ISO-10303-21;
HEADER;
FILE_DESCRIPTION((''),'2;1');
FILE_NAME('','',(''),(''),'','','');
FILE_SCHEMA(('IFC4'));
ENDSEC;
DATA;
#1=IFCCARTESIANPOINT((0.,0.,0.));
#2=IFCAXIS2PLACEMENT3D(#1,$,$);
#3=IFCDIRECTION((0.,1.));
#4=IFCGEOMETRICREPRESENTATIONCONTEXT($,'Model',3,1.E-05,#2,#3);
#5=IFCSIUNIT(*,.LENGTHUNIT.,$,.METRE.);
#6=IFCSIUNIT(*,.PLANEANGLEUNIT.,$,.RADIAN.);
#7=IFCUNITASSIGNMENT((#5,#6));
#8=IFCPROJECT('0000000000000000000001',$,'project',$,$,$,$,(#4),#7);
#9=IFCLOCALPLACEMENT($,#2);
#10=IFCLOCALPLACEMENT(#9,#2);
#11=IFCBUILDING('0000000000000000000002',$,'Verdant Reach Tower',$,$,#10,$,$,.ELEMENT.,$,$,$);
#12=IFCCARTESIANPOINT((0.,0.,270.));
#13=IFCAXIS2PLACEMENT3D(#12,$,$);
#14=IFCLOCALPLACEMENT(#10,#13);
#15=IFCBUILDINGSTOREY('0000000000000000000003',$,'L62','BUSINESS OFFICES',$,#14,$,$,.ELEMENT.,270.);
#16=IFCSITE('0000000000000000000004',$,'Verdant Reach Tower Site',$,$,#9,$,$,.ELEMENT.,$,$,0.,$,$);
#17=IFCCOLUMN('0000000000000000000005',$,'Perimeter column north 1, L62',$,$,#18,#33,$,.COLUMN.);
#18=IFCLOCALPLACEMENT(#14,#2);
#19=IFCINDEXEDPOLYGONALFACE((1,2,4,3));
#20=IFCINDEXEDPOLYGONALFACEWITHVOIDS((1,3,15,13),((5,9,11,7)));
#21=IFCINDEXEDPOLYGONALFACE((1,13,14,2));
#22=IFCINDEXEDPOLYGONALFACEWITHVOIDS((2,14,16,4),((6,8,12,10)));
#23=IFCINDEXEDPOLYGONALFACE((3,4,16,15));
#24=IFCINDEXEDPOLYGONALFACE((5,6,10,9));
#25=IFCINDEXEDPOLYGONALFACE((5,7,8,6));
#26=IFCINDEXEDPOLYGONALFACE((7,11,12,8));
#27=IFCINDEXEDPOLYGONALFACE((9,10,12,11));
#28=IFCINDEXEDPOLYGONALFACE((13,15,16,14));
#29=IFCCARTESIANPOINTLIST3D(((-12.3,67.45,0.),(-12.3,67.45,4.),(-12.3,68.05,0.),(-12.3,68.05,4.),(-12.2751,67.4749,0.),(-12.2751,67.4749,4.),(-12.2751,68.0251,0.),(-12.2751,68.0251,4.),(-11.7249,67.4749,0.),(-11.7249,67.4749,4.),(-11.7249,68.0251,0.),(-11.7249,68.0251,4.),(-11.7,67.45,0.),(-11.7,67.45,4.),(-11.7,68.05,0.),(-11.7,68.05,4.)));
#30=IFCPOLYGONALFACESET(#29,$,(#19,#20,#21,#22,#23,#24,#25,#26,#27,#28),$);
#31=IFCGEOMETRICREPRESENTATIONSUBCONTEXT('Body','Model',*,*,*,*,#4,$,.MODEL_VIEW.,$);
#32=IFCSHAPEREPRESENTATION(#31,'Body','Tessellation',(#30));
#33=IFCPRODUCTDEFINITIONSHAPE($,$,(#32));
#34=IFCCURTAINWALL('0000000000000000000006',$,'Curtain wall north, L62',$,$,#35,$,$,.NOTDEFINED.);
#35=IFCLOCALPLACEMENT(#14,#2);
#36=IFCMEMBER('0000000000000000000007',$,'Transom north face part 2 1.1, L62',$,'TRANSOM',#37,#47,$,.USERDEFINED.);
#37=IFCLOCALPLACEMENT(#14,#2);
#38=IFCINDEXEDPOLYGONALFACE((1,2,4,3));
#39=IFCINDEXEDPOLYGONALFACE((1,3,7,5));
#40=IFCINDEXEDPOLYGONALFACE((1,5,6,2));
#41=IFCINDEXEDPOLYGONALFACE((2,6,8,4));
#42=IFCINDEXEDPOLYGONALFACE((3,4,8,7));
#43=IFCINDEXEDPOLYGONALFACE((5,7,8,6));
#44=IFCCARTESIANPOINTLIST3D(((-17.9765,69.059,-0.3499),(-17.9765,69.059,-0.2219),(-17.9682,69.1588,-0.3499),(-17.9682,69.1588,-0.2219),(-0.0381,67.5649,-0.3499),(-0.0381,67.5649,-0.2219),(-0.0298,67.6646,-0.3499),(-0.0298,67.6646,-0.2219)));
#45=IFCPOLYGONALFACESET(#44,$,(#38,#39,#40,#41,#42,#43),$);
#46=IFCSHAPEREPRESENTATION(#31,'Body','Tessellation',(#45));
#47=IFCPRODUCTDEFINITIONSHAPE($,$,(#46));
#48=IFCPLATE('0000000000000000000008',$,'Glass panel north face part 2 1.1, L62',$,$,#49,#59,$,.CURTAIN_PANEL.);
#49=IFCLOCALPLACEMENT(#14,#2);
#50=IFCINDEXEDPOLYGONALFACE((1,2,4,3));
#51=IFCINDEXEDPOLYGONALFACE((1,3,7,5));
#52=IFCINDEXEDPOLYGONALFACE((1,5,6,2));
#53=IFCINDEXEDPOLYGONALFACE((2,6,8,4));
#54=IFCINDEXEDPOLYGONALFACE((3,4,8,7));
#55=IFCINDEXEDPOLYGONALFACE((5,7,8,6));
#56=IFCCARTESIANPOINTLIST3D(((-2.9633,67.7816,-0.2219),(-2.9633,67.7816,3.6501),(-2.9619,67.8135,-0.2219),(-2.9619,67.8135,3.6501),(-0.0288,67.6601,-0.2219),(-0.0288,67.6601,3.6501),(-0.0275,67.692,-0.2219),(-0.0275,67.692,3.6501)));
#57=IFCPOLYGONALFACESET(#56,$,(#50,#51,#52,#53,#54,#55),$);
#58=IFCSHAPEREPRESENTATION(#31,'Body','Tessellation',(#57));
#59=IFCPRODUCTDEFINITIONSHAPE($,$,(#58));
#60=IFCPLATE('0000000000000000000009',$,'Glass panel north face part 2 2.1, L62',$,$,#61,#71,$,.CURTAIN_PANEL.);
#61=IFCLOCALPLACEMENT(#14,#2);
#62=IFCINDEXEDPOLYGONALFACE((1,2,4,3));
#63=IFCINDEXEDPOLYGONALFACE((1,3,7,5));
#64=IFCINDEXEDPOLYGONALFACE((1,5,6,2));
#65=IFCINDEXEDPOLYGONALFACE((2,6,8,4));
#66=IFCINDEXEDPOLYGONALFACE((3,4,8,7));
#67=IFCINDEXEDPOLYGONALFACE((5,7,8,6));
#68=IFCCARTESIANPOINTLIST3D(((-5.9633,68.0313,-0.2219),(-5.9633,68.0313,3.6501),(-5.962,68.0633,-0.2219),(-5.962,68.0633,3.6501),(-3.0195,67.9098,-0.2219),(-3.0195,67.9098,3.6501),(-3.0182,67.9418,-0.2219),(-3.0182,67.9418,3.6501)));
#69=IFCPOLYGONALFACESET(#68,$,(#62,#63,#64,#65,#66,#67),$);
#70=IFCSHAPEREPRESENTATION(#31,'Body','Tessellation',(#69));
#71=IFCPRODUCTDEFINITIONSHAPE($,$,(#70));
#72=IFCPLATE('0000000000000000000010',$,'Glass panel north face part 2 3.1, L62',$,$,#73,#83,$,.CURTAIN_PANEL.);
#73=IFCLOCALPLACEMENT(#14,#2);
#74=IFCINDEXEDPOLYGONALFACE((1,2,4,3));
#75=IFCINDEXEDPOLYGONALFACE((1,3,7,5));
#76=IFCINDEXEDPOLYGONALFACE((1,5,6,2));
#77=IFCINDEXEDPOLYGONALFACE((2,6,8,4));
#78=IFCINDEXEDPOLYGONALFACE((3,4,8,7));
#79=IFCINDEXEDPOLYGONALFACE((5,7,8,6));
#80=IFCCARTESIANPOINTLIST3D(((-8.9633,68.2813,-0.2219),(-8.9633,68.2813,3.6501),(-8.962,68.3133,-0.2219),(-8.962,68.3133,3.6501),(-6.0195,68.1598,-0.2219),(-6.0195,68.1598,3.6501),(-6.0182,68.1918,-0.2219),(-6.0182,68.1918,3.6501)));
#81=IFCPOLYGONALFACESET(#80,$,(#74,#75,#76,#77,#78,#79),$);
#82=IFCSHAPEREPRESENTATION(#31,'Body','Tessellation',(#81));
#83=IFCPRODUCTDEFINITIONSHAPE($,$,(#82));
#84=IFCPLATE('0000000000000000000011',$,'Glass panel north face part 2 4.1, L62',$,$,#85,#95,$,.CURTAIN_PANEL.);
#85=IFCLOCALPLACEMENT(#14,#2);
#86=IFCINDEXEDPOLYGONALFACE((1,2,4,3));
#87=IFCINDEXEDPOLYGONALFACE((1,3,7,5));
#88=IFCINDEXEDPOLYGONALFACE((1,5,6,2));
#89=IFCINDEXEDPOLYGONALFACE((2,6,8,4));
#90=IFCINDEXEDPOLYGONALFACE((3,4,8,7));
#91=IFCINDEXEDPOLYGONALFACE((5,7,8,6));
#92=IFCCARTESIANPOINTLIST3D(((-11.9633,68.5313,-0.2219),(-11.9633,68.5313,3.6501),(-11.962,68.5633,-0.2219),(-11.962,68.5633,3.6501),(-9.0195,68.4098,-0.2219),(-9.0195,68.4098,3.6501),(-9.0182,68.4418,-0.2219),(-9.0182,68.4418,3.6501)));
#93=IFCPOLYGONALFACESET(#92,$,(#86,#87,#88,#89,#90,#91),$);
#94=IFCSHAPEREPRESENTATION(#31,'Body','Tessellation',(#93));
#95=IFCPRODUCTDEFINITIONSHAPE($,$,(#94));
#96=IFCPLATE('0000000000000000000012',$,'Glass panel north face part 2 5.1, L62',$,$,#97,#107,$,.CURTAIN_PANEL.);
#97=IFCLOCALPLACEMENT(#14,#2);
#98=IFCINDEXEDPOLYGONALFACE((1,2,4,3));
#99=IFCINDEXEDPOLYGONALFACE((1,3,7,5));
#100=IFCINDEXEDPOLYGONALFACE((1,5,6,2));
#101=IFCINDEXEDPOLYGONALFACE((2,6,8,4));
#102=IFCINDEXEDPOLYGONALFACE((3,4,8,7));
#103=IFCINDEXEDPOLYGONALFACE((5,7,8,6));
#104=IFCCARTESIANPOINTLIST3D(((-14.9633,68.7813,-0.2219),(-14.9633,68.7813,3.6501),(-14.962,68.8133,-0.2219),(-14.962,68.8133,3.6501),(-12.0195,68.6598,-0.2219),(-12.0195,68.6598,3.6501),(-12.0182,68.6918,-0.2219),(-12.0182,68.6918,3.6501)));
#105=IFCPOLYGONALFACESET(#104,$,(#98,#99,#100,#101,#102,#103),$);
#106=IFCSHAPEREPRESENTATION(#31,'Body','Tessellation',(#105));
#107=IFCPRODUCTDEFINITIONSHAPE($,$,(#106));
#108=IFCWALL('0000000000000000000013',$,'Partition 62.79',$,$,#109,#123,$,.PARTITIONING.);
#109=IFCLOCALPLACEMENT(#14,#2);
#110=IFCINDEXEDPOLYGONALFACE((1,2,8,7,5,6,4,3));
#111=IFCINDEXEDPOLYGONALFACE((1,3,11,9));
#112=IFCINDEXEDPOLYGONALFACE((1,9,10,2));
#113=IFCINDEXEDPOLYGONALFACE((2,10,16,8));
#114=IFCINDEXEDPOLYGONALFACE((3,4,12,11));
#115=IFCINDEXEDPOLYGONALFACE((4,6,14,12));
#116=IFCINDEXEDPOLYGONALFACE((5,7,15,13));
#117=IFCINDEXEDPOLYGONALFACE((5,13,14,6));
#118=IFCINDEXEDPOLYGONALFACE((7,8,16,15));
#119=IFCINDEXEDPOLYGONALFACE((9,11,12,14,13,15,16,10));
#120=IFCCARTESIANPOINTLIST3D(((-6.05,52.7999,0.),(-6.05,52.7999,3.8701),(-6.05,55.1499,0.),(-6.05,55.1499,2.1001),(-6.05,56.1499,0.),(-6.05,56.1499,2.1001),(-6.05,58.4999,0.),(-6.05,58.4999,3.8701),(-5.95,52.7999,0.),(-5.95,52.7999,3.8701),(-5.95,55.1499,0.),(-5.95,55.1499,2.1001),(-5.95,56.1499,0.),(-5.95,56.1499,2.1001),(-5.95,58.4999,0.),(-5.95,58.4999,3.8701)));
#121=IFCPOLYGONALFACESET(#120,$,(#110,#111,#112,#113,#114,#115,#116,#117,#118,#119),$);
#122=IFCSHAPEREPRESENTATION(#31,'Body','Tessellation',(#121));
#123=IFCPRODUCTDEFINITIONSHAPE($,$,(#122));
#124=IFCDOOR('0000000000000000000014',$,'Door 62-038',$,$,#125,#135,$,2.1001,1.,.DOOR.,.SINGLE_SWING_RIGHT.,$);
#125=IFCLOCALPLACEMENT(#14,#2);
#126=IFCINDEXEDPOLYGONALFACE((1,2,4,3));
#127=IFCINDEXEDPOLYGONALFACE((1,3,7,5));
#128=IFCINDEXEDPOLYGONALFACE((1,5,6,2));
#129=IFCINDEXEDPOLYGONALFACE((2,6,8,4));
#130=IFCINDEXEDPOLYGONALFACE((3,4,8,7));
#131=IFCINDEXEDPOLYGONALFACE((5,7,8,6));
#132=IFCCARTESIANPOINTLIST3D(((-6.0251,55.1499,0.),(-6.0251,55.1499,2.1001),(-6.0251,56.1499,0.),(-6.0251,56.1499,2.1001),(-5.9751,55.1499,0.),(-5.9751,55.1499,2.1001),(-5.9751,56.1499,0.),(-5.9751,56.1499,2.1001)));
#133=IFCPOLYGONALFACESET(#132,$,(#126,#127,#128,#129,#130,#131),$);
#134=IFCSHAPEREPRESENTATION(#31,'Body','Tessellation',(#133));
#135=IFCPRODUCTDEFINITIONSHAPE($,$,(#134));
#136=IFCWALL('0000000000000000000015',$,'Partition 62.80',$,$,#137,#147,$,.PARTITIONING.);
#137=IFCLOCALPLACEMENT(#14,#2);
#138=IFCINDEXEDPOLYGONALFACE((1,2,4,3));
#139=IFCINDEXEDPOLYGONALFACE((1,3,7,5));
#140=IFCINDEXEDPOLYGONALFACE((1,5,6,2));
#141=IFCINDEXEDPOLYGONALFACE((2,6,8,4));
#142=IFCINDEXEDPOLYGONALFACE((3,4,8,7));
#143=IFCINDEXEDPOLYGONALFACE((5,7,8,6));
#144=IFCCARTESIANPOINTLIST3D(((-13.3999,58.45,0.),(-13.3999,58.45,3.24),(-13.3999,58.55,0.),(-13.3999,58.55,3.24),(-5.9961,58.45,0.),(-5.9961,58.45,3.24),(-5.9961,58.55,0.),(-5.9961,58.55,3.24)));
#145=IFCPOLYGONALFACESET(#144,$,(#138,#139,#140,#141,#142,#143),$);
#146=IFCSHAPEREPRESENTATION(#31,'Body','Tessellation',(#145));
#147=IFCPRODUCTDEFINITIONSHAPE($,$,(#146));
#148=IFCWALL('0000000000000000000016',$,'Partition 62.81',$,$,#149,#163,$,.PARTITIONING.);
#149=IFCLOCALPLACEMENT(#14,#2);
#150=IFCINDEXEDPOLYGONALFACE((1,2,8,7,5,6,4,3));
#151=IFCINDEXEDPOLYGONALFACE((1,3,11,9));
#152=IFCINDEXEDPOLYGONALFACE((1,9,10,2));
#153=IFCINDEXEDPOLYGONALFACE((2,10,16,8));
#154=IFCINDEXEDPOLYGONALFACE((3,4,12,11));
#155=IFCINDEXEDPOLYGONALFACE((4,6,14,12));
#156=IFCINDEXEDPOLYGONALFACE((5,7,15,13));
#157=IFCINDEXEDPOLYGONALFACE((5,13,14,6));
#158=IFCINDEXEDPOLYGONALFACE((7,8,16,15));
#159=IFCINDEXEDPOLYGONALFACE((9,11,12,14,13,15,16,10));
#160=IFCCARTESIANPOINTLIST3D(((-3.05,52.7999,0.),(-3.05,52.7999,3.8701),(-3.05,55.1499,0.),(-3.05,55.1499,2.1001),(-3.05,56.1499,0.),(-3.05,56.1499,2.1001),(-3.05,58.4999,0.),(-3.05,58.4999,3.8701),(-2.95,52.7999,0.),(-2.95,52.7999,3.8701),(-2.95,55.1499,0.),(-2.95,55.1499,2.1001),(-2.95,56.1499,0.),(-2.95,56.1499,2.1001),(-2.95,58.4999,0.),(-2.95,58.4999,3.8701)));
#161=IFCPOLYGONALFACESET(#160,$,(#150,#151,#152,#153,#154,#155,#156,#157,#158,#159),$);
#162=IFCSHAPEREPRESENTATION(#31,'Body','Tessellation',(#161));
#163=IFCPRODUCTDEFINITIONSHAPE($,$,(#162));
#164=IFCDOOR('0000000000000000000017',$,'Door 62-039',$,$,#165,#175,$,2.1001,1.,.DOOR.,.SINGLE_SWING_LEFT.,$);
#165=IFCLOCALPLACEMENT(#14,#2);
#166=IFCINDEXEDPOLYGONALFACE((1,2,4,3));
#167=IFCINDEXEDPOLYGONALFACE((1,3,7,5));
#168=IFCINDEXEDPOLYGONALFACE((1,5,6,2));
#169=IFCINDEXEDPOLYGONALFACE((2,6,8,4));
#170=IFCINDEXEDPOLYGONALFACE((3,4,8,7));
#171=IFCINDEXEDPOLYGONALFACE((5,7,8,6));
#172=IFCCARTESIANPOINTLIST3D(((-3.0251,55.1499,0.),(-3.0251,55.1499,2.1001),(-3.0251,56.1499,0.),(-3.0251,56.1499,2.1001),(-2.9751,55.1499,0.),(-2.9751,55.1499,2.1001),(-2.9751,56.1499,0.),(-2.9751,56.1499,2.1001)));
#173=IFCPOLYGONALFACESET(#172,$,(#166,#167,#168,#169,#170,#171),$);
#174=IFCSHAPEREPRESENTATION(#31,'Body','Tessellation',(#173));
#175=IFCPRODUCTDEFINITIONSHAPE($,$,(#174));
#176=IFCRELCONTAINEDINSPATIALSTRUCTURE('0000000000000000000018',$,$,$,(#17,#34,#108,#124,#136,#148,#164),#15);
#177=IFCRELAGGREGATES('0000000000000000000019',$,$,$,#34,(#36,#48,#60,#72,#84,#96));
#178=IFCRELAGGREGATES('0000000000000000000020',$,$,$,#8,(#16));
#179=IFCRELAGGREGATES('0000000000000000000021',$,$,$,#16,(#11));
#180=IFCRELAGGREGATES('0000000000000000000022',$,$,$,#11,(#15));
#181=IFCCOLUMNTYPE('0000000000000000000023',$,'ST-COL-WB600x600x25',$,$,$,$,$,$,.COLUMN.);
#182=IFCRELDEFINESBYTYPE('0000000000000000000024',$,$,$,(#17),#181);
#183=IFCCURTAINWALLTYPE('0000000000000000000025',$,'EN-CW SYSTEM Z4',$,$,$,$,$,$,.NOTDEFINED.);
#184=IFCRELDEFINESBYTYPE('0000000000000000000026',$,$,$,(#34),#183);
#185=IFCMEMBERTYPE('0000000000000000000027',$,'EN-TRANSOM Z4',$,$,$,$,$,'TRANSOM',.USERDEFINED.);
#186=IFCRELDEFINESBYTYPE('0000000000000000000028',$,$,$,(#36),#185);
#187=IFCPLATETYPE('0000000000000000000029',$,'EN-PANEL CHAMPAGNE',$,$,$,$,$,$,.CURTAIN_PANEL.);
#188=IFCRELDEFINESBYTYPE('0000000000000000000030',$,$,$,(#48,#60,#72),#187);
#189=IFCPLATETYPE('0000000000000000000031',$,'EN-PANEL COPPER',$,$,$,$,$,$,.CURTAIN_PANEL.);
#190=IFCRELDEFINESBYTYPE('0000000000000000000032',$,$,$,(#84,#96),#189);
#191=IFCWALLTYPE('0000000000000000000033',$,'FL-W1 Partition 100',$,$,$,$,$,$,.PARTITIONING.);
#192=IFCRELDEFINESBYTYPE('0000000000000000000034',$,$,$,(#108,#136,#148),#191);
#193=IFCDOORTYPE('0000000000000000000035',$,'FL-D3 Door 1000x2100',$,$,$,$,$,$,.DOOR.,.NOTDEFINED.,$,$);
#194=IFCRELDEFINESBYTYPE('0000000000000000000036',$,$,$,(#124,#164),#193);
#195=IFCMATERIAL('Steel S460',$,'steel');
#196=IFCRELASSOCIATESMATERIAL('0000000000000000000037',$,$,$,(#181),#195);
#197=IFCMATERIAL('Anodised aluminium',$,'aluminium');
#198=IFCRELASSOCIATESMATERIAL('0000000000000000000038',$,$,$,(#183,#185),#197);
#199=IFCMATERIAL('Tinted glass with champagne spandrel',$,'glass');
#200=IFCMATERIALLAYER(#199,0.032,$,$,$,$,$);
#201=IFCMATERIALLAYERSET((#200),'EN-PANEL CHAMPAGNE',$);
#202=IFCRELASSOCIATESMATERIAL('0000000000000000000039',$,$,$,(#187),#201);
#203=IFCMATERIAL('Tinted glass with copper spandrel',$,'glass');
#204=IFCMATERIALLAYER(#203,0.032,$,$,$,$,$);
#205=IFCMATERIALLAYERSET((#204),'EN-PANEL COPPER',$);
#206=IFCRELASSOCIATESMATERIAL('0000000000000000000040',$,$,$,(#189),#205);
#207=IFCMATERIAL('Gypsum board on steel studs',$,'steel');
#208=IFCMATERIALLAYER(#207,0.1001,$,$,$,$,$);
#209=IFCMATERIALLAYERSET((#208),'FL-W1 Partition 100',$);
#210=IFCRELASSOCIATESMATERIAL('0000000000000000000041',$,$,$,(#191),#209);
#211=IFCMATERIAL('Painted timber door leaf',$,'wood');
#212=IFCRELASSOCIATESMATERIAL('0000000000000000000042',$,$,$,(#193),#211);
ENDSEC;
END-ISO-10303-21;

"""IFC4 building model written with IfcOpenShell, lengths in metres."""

from ifc_helpers import new_model, si_unit, direction, frame, frame_2d, origin, origin_2d, place, context, subcontext, project, spatial, rectangle, hollow_rectangle, extrude, material, layer, layer_set, material_profile, profile_set, type_object, element, fill, aggregate, save


model = new_model("IFC4")

# Units and contexts
model_context = context("Model", 3, precision=1e-05, world=origin(), true_north=direction((0.0, 1.0)))
body_context = subcontext(model_context, "Body", "Model", "MODEL_VIEW")
ifc_project = project(units=[si_unit("LENGTHUNIT", "METRE"), si_unit("PLANEANGLEUNIT", "RADIAN")], contexts=[model_context])

# Site, building, storey
site_placement = place(None, origin())
site = spatial("IfcSite", under=ifc_project, at=site_placement, Name="Verdant Reach Tower Site", CompositionType="ELEMENT", RefElevation=0.0)
building_placement = place(site_placement, origin())
building = spatial("IfcBuilding", under=site, at=building_placement, Name="Verdant Reach Tower", CompositionType="ELEMENT")
storey_placement = place(building_placement, frame((0.0, 0.0, 270.0)))
storey = spatial("IfcBuildingStorey", under=building, at=storey_placement, Name="L62", Description="BUSINESS OFFICES", CompositionType="ELEMENT", Elevation=270.0)

# Column
ifc_material_1 = material(Name="Steel S460", Category="steel")
ifc_material_profile_1 = material_profile(ifc_material_1, hollow_rectangle(XDim=0.6001, YDim=0.6001, WallThickness=0.0249, at=origin_2d()), Name="WB 600x600x25")
ifc_profile_set_1 = profile_set([ifc_material_profile_1], Name="Steel S460")
column_type = type_object("IfcColumnType", Name="ST-COL-WB600x600x25", PredefinedType="COLUMN", material=ifc_profile_set_1)
column_placement = place(storey_placement, frame((-12.0, 67.75, 0.0), z_axis=(0.0, 0.0, 1.0), x_axis=(1.0, 0.0, 0.0)))
element("IfcColumn", 1, at=column_placement, inside=storey, type_object=column_type, Name="Perimeter column north 1, L62", PredefinedType="COLUMN", context=body_context, shape_type="SweptSolid", body=[
    extrude(hollow_rectangle(XDim=0.6001, YDim=0.6001, WallThickness=0.0249, at=origin_2d()), origin(), (0.0, 0.0, 1.0), 4.0),
])

# Curtain wall, member, plates
ifc_material_2 = material(Name="Anodised aluminium", Category="aluminium")
curtain_wall_type = type_object("IfcCurtainWallType", Name="EN-CW SYSTEM Z4", PredefinedType="NOTDEFINED", material=ifc_material_2)
curtain_wall_placement = place(storey_placement, origin())
curtain_wall = element("IfcCurtainWall", 2, at=curtain_wall_placement, inside=storey, type_object=curtain_wall_type, Name="Curtain wall north, L62", PredefinedType="NOTDEFINED")
ifc_material_profile_2 = material_profile(ifc_material_2, rectangle(XDim=0.1001, YDim=0.1279, at=origin_2d()), Name="Transom 128x100")
ifc_profile_set_2 = profile_set([ifc_material_profile_2], Name="Anodised aluminium")
member_type = type_object("IfcMemberType", Name="EN-TRANSOM Z4", ElementType="TRANSOM", PredefinedType="USERDEFINED", material=ifc_profile_set_2)
member_placement = place(storey_placement, frame((-0.0339, 67.6147, -0.2859), z_axis=(-0.996549, 0.083005, 0.0), x_axis=(-0.083005, -0.996549, 0.0)))
member = element("IfcMember", 3, at=member_placement, type_object=member_type, Name="Transom north face part 2 1.1, L62", ObjectType="TRANSOM", PredefinedType="USERDEFINED", context=body_context, shape_type="SweptSolid", body=[
    extrude(rectangle(XDim=0.1001, YDim=0.1279, at=origin_2d()), origin(), (0.0, 0.0, 1.0), 18.0005),
])
ifc_material_3 = material(Name="Tinted glass with champagne spandrel", Category="glass")
ifc_layer_1 = layer(ifc_material_3, 0.032)
ifc_layer_set_1 = layer_set([ifc_layer_1], Name="EN-PANEL CHAMPAGNE")
plate_type_1 = type_object("IfcPlateType", Name="EN-PANEL CHAMPAGNE", PredefinedType="CURTAIN_PANEL", material=ifc_layer_set_1)
plate_1_placement = place(storey_placement, frame((-1.4954, 67.7368, -0.2219), z_axis=(0.0, 0.0, 1.0), x_axis=(-0.999144, 0.04137, 0.0)))
plate_1 = element("IfcPlate", 4, at=plate_1_placement, type_object=plate_type_1, Name="Glass panel north face part 2 1.1, L62", PredefinedType="CURTAIN_PANEL", context=body_context, shape_type="SweptSolid", body=[
    extrude(rectangle(XDim=2.937, YDim=0.032, at=origin_2d()), origin(), (0.0, 0.0, 1.0), 3.8721),
])
plate_2_placement = place(storey_placement, frame((-4.4907, 67.9866, -0.2219), z_axis=(0.0, 0.0, 1.0), x_axis=(-0.999149, 0.041242, 0.0)))
plate_2 = element("IfcPlate", 5, at=plate_2_placement, type_object=plate_type_1, Name="Glass panel north face part 2 2.1, L62", PredefinedType="CURTAIN_PANEL", context=body_context, shape_type="SweptSolid", body=[
    extrude(rectangle(XDim=2.9463, YDim=0.032, at=origin_2d()), origin(), (0.0, 0.0, 1.0), 3.8721),
])
plate_3_placement = place(storey_placement, frame((-7.4907, 68.2366, -0.2219), z_axis=(0.0, 0.0, 1.0), x_axis=(-0.999149, 0.041242, 0.0)))
plate_3 = element("IfcPlate", 6, at=plate_3_placement, type_object=plate_type_1, Name="Glass panel north face part 2 3.1, L62", PredefinedType="CURTAIN_PANEL", context=body_context, shape_type="SweptSolid", body=[
    extrude(rectangle(XDim=2.9463, YDim=0.032, at=origin_2d()), origin(), (0.0, 0.0, 1.0), 3.8721),
])
ifc_material_4 = material(Name="Tinted glass with copper spandrel", Category="glass")
ifc_layer_2 = layer(ifc_material_4, 0.032)
ifc_layer_set_2 = layer_set([ifc_layer_2], Name="EN-PANEL COPPER")
plate_type_2 = type_object("IfcPlateType", Name="EN-PANEL COPPER", PredefinedType="CURTAIN_PANEL", material=ifc_layer_set_2)
plate_4_placement = place(storey_placement, frame((-10.4907, 68.4866, -0.2219), z_axis=(0.0, 0.0, 1.0), x_axis=(-0.999149, 0.041242, 0.0)))
plate_4 = element("IfcPlate", 7, at=plate_4_placement, type_object=plate_type_2, Name="Glass panel north face part 2 4.1, L62", PredefinedType="CURTAIN_PANEL", context=body_context, shape_type="SweptSolid", body=[
    extrude(rectangle(XDim=2.9463, YDim=0.032, at=origin_2d()), origin(), (0.0, 0.0, 1.0), 3.8721),
])
plate_5_placement = place(storey_placement, frame((-13.4907, 68.7366, -0.2219), z_axis=(0.0, 0.0, 1.0), x_axis=(-0.999149, 0.041242, 0.0)))
plate_5 = element("IfcPlate", 8, at=plate_5_placement, type_object=plate_type_2, Name="Glass panel north face part 2 5.1, L62", PredefinedType="CURTAIN_PANEL", context=body_context, shape_type="SweptSolid", body=[
    extrude(rectangle(XDim=2.9463, YDim=0.032, at=origin_2d()), origin(), (0.0, 0.0, 1.0), 3.8721),
])
aggregate(curtain_wall, [member, plate_1, plate_2, plate_3, plate_4, plate_5])

# Wall, opening, door
ifc_material_5 = material(Name="Gypsum board on steel studs", Category="steel")
ifc_layer_3 = layer(ifc_material_5, 0.1001)
ifc_layer_set_3 = layer_set([ifc_layer_3], Name="FL-W1 Partition 100")
wall_type_1 = type_object("IfcWallType", Name="FL-W1 Partition 100", PredefinedType="PARTITIONING", material=ifc_layer_set_3)
wall_1_placement = place(storey_placement, frame((-6.0, 58.5, 0.0), z_axis=(0.0, 0.0, 1.0), x_axis=(0.0, -1.0, 0.0)))
wall_1 = element("IfcWall", 9, at=wall_1_placement, inside=storey, type_object=wall_type_1, Name="Partition 62.79", PredefinedType="PARTITIONING", context=body_context, shape_type="SweptSolid", body=[
    extrude(rectangle(XDim=5.7, YDim=0.1001, at=frame_2d((2.8501, 0.0))), origin(), (0.0, 0.0, 1.0), 3.8701),
])
opening_1_placement = place(wall_1_placement, frame((2.3501, 0.0, 0.0)))
opening_1 = element("IfcOpeningElement", 10, at=opening_1_placement, cuts=wall_1, PredefinedType="OPENING", context=body_context, shape_type="SweptSolid", body=[
    extrude(rectangle(XDim=1.0, YDim=2.1001, at=frame_2d((0.5, 1.05))), frame((0.0, 0.0601, 0.0), z_axis=(0.0, -1.0, 0.0), x_axis=(1.0, 0.0, 0.0)), (0.0, 0.0, 1.0), 0.1201),
])
ifc_material_6 = material(Name="Painted timber door leaf", Category="wood")
door_type_1 = type_object("IfcDoorType", Name="FL-D3 Door 1000x2100", OperationType="NOTDEFINED", PredefinedType="DOOR", material=ifc_material_6)
door_1_placement = place(opening_1_placement, origin())
door_1 = element("IfcDoor", 11, at=door_1_placement, inside=storey, type_object=door_type_1, Name="Door 62-038", OperationType="SINGLE_SWING_RIGHT", OverallHeight=2.1001, OverallWidth=1.0, PredefinedType="DOOR", context=body_context, shape_type="SweptSolid", body=[
    extrude(rectangle(XDim=1.0, YDim=2.1001, at=frame_2d((0.5, 1.05))), frame((0.0, 0.0249, 0.0), z_axis=(0.0, -1.0, 0.0), x_axis=(1.0, 0.0, 0.0)), (0.0, 0.0, 1.0), 0.05),
])
fill(opening_1, door_1)

# Wall
wall_2_placement = place(storey_placement, frame((-5.9961, 58.5, 0.0), z_axis=(0.0, 0.0, 1.0), x_axis=(-1.0, 0.0, 0.0)))
element("IfcWall", 12, at=wall_2_placement, inside=storey, type_object=wall_type_1, Name="Partition 62.80", PredefinedType="PARTITIONING", context=body_context, shape_type="SweptSolid", body=[
    extrude(rectangle(XDim=7.4038, YDim=0.1001, at=frame_2d((3.7019, 0.0))), origin(), (0.0, 0.0, 1.0), 3.24),
])

# Wall, opening, door
wall_3_placement = place(storey_placement, frame((-3.0, 58.5, 0.0), z_axis=(0.0, 0.0, 1.0), x_axis=(0.0, -1.0, 0.0)))
wall_3 = element("IfcWall", 13, at=wall_3_placement, inside=storey, type_object=wall_type_1, Name="Partition 62.81", PredefinedType="PARTITIONING", context=body_context, shape_type="SweptSolid", body=[
    extrude(rectangle(XDim=5.7, YDim=0.1001, at=frame_2d((2.8501, 0.0))), origin(), (0.0, 0.0, 1.0), 3.8701),
])
opening_2_placement = place(wall_3_placement, frame((2.3501, 0.0, 0.0)))
opening_2 = element("IfcOpeningElement", 14, at=opening_2_placement, cuts=wall_3, PredefinedType="OPENING", context=body_context, shape_type="SweptSolid", body=[
    extrude(rectangle(XDim=1.0, YDim=2.1001, at=frame_2d((0.5, 1.05))), frame((0.0, 0.0601, 0.0), z_axis=(0.0, -1.0, 0.0), x_axis=(1.0, 0.0, 0.0)), (0.0, 0.0, 1.0), 0.1201),
])
door_2_placement = place(opening_2_placement, origin())
door_2 = element("IfcDoor", 15, at=door_2_placement, inside=storey, type_object=door_type_1, Name="Door 62-039", OperationType="SINGLE_SWING_LEFT", OverallHeight=2.1001, OverallWidth=1.0, PredefinedType="DOOR", context=body_context, shape_type="SweptSolid", body=[
    extrude(rectangle(XDim=1.0, YDim=2.1001, at=frame_2d((0.5, 1.05))), frame((0.0, 0.0249, 0.0), z_axis=(0.0, -1.0, 0.0), x_axis=(1.0, 0.0, 0.0)), (0.0, 0.0, 1.0), 0.05),
])
fill(opening_2, door_2)

save(model, "model.ifc")
